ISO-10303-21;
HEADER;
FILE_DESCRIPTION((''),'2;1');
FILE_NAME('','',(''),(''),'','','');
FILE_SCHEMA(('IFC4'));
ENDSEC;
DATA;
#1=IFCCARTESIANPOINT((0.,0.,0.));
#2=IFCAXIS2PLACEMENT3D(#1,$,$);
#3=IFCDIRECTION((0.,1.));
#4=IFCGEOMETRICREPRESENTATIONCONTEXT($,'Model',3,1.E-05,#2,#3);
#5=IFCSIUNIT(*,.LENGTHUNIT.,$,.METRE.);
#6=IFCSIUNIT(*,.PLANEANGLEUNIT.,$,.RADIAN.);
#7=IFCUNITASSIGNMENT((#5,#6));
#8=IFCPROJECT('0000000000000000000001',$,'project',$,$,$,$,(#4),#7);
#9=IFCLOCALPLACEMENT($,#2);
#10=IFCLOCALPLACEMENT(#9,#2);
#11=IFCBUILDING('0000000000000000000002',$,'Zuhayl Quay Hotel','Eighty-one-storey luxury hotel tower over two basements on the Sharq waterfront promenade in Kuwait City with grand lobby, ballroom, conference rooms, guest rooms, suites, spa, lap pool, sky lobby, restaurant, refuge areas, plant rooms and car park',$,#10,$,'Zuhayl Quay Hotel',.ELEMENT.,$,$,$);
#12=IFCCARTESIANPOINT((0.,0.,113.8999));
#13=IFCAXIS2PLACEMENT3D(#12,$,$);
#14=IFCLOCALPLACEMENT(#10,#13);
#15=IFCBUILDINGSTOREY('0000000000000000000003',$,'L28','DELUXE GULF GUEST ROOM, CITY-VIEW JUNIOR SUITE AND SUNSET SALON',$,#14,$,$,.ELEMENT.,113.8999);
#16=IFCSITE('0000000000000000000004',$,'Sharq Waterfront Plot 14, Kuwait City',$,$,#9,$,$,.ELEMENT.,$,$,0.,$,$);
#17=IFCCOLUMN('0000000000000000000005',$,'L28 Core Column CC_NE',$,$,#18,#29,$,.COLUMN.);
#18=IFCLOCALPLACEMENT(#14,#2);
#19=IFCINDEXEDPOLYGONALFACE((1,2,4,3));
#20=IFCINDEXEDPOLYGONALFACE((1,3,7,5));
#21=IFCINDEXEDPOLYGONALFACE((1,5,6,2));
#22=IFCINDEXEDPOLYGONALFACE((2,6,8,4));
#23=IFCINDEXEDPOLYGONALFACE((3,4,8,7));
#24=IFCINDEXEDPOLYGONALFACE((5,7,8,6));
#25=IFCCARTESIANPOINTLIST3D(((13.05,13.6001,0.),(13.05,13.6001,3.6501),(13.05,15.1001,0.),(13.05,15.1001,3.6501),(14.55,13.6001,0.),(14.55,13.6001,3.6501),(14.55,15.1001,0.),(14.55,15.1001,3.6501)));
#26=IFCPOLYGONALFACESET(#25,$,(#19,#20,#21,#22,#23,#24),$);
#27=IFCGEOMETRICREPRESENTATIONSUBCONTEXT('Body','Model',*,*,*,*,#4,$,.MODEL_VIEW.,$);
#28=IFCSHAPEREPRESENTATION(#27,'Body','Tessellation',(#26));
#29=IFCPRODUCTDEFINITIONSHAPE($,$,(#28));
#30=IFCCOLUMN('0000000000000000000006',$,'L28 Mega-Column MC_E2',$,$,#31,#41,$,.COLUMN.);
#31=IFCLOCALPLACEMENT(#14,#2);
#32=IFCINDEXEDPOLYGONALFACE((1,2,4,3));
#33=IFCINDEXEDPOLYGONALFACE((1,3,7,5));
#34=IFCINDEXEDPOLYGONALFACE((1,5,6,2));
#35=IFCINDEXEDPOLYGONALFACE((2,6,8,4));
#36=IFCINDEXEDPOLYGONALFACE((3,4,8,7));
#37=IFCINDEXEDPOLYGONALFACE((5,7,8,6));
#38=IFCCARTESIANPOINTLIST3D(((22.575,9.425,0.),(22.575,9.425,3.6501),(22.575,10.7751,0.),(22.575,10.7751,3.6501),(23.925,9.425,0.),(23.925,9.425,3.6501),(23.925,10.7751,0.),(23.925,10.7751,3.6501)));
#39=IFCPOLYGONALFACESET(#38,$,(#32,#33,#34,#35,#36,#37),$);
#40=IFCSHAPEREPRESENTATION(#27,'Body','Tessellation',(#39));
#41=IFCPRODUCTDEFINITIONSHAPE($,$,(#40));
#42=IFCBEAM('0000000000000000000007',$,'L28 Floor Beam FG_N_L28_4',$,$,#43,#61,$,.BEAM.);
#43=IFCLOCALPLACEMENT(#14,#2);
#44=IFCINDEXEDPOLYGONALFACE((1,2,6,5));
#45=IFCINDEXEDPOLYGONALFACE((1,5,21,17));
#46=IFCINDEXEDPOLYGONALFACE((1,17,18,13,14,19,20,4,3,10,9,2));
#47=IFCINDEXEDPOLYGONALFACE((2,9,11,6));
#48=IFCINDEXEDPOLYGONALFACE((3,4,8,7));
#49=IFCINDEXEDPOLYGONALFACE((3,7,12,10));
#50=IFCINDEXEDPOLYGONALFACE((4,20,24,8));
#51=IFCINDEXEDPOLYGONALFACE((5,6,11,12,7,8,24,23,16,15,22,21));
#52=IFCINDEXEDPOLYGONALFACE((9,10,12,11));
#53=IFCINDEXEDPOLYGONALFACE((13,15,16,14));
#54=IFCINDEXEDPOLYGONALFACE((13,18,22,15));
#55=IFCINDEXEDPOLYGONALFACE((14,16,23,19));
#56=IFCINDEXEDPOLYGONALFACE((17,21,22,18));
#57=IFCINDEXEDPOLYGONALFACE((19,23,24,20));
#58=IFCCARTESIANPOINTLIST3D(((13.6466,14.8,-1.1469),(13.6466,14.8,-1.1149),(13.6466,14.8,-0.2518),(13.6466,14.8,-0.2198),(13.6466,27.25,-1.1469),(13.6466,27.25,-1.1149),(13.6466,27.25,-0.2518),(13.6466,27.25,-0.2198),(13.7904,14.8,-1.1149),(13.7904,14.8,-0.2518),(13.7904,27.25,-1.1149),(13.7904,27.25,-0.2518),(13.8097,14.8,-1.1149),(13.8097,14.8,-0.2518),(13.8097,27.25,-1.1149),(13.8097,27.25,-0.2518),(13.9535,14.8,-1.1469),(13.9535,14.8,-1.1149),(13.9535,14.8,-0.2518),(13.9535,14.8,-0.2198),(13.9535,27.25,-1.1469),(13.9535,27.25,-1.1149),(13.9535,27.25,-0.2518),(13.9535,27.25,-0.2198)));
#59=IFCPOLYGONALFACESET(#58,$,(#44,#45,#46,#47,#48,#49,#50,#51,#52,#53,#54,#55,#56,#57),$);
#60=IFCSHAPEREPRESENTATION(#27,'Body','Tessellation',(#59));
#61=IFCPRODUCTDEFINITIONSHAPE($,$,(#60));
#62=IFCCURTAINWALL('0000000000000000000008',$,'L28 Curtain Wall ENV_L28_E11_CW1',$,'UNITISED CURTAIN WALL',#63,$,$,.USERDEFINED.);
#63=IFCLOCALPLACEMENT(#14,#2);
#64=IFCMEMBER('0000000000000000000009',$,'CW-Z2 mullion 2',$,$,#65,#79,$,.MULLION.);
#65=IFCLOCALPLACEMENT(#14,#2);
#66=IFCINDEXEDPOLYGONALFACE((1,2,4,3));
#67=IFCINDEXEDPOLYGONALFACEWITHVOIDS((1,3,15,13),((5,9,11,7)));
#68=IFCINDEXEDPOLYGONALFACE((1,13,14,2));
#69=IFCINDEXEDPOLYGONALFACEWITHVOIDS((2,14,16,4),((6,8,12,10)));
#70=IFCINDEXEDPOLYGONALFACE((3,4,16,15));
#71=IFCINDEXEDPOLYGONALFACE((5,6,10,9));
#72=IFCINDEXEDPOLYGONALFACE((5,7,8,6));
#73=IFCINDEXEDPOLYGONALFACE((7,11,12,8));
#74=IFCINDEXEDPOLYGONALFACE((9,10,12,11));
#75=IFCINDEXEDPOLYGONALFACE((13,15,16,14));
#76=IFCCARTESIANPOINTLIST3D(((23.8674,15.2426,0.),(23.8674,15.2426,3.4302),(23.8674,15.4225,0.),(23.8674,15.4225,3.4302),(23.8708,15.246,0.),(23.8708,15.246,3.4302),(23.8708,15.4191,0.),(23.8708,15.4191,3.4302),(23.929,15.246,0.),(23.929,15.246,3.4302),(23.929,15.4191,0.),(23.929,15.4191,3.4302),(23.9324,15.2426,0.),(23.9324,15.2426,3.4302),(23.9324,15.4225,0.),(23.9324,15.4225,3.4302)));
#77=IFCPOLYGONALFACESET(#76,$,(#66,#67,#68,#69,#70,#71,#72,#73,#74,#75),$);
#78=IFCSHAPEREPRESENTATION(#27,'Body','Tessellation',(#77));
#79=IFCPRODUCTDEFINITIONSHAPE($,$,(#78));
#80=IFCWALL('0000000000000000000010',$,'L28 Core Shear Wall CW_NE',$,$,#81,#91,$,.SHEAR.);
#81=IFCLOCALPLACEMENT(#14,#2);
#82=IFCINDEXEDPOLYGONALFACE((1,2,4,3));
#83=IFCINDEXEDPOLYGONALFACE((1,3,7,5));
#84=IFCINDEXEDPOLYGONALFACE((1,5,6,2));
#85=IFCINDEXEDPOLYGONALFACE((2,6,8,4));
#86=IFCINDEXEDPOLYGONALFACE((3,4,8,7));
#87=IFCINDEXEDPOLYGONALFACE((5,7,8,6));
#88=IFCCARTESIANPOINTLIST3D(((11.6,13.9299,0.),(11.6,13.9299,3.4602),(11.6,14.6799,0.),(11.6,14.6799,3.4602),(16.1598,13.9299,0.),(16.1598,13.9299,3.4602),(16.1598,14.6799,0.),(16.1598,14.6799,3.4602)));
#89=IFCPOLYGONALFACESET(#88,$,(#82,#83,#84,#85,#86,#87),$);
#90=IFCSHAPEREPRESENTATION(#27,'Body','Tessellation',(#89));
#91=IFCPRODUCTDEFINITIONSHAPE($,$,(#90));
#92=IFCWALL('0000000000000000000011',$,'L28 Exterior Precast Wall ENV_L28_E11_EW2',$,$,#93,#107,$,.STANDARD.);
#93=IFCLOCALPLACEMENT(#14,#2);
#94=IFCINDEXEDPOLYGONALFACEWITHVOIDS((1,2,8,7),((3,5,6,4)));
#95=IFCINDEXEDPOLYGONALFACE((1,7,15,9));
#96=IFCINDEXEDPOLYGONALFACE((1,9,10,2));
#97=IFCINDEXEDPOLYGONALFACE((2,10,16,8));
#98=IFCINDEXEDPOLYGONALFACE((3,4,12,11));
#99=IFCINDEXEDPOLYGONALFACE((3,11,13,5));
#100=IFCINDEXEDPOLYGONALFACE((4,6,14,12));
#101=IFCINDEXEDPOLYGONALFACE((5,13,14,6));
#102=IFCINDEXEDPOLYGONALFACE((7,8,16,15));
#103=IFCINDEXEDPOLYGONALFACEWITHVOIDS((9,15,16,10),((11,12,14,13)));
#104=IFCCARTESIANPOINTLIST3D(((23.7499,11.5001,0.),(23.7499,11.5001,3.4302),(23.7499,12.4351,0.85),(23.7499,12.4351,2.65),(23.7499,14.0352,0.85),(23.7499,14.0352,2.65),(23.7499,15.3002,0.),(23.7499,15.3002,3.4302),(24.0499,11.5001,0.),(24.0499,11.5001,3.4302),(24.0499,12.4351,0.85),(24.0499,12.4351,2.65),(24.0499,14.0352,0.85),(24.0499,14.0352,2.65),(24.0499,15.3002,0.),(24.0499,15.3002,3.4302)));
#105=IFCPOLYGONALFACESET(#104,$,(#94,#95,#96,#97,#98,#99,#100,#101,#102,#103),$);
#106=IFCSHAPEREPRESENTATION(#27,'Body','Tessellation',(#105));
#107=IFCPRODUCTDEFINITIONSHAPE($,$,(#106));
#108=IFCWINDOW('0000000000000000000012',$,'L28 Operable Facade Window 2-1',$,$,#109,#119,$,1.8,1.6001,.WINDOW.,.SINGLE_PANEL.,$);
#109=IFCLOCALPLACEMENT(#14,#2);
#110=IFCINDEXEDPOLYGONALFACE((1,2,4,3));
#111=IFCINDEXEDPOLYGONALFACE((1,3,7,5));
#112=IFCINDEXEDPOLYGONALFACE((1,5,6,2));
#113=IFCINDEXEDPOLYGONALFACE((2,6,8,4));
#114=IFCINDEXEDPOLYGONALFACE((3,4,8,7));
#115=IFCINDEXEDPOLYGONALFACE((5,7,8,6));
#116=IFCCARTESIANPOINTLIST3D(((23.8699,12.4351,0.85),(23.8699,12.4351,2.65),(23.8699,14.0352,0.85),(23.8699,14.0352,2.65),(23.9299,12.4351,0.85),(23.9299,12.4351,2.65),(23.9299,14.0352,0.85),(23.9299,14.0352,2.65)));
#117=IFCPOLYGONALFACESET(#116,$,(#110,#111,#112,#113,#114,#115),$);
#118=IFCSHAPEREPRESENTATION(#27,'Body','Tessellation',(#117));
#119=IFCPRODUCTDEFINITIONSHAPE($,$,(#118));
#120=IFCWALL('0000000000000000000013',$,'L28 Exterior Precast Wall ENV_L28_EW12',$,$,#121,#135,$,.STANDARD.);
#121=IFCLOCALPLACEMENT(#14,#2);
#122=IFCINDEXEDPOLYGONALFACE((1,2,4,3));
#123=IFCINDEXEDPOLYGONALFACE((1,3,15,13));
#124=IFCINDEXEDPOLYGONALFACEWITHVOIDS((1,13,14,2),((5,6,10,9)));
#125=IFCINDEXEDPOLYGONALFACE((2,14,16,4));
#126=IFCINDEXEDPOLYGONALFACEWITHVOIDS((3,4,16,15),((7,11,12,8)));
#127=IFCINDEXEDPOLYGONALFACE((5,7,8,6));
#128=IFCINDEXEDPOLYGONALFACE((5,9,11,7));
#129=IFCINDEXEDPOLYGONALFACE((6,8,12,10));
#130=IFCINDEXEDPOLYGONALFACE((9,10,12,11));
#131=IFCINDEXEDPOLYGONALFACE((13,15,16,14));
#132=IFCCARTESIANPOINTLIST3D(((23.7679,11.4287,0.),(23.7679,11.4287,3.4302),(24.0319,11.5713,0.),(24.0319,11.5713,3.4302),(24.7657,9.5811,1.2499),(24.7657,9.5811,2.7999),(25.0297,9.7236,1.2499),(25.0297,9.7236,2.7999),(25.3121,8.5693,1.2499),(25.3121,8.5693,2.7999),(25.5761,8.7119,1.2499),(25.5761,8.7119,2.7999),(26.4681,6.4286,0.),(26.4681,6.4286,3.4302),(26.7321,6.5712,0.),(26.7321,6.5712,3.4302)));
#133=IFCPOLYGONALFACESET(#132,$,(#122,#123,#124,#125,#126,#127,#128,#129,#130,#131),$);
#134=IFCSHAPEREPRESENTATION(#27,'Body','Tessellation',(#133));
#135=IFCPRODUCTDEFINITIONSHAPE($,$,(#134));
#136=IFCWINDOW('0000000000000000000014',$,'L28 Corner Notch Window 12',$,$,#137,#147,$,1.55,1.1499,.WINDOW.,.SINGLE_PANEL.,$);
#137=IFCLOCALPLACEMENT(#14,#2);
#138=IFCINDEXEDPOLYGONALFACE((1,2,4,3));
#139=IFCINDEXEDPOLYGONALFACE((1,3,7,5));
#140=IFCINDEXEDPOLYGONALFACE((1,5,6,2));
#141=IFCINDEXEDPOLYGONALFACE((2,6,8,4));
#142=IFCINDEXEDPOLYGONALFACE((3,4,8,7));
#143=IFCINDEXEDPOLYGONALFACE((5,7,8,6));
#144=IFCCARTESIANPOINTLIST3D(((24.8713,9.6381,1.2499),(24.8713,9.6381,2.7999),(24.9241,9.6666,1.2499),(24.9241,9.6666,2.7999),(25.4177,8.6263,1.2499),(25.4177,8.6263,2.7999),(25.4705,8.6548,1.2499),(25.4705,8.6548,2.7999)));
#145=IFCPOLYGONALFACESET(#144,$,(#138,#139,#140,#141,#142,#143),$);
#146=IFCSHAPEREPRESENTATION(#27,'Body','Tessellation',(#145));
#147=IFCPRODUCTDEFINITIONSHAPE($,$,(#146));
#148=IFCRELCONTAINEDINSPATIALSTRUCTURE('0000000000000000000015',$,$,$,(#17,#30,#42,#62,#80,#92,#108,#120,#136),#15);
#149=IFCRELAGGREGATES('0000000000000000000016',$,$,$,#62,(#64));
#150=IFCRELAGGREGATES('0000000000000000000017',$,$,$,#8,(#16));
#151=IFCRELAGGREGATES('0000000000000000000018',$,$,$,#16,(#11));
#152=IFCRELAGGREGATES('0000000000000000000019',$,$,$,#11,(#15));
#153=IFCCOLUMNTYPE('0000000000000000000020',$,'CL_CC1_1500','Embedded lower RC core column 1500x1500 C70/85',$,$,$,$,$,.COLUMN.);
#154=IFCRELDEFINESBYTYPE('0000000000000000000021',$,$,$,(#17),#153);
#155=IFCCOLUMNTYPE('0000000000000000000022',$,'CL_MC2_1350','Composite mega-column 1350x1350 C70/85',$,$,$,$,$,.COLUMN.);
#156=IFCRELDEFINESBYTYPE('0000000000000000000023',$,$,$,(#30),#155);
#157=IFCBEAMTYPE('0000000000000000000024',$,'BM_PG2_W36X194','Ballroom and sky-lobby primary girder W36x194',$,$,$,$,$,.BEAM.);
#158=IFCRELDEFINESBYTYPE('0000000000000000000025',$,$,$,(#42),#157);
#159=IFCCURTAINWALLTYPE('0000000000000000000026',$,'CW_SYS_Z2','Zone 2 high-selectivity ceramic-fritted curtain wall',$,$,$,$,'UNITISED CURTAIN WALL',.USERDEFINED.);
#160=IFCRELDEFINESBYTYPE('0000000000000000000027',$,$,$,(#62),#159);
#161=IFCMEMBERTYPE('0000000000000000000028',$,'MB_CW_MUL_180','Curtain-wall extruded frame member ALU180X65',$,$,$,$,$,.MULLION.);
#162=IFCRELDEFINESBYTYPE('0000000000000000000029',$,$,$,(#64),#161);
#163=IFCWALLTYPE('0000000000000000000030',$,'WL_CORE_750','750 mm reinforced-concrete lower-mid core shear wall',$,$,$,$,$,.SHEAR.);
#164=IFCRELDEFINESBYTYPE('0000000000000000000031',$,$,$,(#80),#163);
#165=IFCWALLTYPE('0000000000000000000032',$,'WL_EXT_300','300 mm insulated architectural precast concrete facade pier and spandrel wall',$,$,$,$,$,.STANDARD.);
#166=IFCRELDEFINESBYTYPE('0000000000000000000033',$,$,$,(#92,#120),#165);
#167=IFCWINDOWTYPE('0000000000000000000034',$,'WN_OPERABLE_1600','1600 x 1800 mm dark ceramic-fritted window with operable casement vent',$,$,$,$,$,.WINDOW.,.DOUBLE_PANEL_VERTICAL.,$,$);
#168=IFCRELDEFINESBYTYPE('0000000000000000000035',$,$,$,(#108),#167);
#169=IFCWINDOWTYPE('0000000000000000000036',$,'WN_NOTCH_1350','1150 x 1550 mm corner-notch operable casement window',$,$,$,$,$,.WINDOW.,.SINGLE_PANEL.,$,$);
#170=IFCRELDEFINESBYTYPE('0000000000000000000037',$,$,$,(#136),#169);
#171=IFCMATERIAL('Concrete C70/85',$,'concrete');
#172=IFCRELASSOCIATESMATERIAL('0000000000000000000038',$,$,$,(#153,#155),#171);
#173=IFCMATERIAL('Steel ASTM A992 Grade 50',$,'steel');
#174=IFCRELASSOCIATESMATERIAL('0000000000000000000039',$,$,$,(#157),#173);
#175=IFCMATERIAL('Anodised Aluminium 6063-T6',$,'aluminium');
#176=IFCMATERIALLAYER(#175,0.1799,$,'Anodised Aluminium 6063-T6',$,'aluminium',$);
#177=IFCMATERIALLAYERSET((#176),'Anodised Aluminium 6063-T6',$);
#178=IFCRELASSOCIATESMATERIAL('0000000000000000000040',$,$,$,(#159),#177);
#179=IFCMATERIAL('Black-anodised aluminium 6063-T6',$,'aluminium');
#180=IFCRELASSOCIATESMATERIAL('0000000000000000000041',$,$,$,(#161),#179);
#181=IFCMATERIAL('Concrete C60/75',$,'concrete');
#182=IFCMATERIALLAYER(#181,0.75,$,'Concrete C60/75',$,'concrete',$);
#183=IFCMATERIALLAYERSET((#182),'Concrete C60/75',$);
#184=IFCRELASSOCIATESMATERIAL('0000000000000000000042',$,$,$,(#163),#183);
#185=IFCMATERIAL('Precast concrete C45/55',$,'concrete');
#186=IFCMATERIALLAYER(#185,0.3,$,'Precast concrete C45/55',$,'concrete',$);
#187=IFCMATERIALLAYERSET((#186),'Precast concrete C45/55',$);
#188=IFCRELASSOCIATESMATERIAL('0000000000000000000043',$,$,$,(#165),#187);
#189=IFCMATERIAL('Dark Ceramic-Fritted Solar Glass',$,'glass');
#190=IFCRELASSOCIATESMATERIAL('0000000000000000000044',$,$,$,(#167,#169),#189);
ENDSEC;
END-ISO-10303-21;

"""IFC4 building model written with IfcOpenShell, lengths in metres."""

from ifc_helpers import new_model, si_unit, direction, frame, frame_2d, origin, origin_2d, place, context, subcontext, project, spatial, rectangle, hollow_rectangle, i_section, extrude, material, layer, layer_set, material_profile, profile_set, type_object, element, fill, aggregate, save


model = new_model("IFC4")

# Units and contexts
model_context = context("Model", 3, precision=1e-05, world=origin(), true_north=direction((0.0, 1.0)))
body_context = subcontext(model_context, "Body", "Model", "MODEL_VIEW")
ifc_project = project(units=[si_unit("LENGTHUNIT", "METRE"), si_unit("PLANEANGLEUNIT", "RADIAN")], contexts=[model_context])

# Site, building, storey
site_placement = place(None, origin())
site = spatial("IfcSite", under=ifc_project, at=site_placement, Name="Sharq Waterfront Plot 14, Kuwait City", CompositionType="ELEMENT", RefElevation=0.0)
building_placement = place(site_placement, origin())
building = spatial("IfcBuilding", under=site, at=building_placement, Name="Zuhayl Quay Hotel", Description="Eighty-one-storey luxury hotel tower over two basements on the Sharq waterfront promenade in Kuwait City with grand lobby, ballroom, conference rooms, guest rooms, suites, spa, lap pool, sky lobby, restaurant, refuge areas, plant rooms and car park", LongName="Zuhayl Quay Hotel", CompositionType="ELEMENT")
storey_placement = place(building_placement, frame((0.0, 0.0, 113.8999)))
storey = spatial("IfcBuildingStorey", under=building, at=storey_placement, Name="L28", Description="DELUXE GULF GUEST ROOM, CITY-VIEW JUNIOR SUITE AND SUNSET SALON", CompositionType="ELEMENT", Elevation=113.8999)

# Columns
ifc_material_1 = material(Name="Concrete C70/85", Category="concrete")
ifc_material_profile_1 = material_profile(ifc_material_1, rectangle(XDim=1.5, YDim=1.5, at=origin_2d()), Name="RC1500X1500")
ifc_profile_set_1 = profile_set([ifc_material_profile_1], Name="Concrete C70/85")
column_type_1 = type_object("IfcColumnType", Name="CL_CC1_1500", Description="Embedded lower RC core column 1500x1500 C70/85", PredefinedType="COLUMN", material=ifc_profile_set_1)
column_1_placement = place(storey_placement, frame((13.8, 14.3501, 0.0), z_axis=(0.0, 0.0, 1.0), x_axis=(1.0, 0.0, 0.0)))
element("IfcColumn", 1, at=column_1_placement, inside=storey, type_object=column_type_1, Name="L28 Core Column CC_NE", PredefinedType="COLUMN", context=body_context, shape_type="SweptSolid", body=[
    extrude(rectangle(XDim=1.5, YDim=1.5, at=origin_2d()), origin(), (0.0, 0.0, 1.0), 3.6501),
])
ifc_material_profile_2 = material_profile(ifc_material_1, rectangle(XDim=1.3501, YDim=1.3501, at=origin_2d()), Name="RC1350X1350")
ifc_profile_set_2 = profile_set([ifc_material_profile_2], Name="Concrete C70/85")
column_type_2 = type_object("IfcColumnType", Name="CL_MC2_1350", Description="Composite mega-column 1350x1350 C70/85", PredefinedType="COLUMN", material=ifc_profile_set_2)
column_2_placement = place(storey_placement, frame((23.25, 10.1001, 0.0), z_axis=(0.0, 0.0, 1.0), x_axis=(1.0, 0.0, 0.0)))
element("IfcColumn", 2, at=column_2_placement, inside=storey, type_object=column_type_2, Name="L28 Mega-Column MC_E2", PredefinedType="COLUMN", context=body_context, shape_type="SweptSolid", body=[
    extrude(rectangle(XDim=1.3501, YDim=1.3501, at=origin_2d()), origin(), (0.0, 0.0, 1.0), 3.6501),
])

# Beam
ifc_material_2 = material(Name="Steel ASTM A992 Grade 50", Category="steel")
ifc_material_profile_3 = material_profile(ifc_material_2, i_section(OverallWidth=0.3069, OverallDepth=0.927, WebThickness=0.0193, FlangeThickness=0.032, at=origin_2d()), Name="W36X194")
ifc_profile_set_3 = profile_set([ifc_material_profile_3], Name="Steel ASTM A992 Grade 50")
beam_type = type_object("IfcBeamType", Name="BM_PG2_W36X194", Description="Ballroom and sky-lobby primary girder W36x194", PredefinedType="BEAM", material=ifc_profile_set_3)
beam_placement = place(storey_placement, frame((13.8, 14.8, -0.6833), z_axis=(0.0, 1.0, 0.0), x_axis=(-1.0, 0.0, 0.0)))
element("IfcBeam", 3, at=beam_placement, inside=storey, type_object=beam_type, Name="L28 Floor Beam FG_N_L28_4", PredefinedType="BEAM", context=body_context, shape_type="SweptSolid", body=[
    extrude(i_section(OverallWidth=0.3069, OverallDepth=0.927, WebThickness=0.0193, FlangeThickness=0.032, at=origin_2d()), origin(), (0.0, 0.0, 1.0), 12.45),
])

# Curtain wall, member
ifc_material_3 = material(Name="Anodised Aluminium 6063-T6", Category="aluminium")
ifc_layer_1 = layer(ifc_material_3, 0.1799, Name="Anodised Aluminium 6063-T6", Category="aluminium")
ifc_layer_set_1 = layer_set([ifc_layer_1], Name="Anodised Aluminium 6063-T6")
curtain_wall_type = type_object("IfcCurtainWallType", Name="CW_SYS_Z2", Description="Zone 2 high-selectivity ceramic-fritted curtain wall", ElementType="UNITISED CURTAIN WALL", PredefinedType="USERDEFINED", material=ifc_layer_set_1)
curtain_wall_placement = place(storey_placement, origin())
curtain_wall = element("IfcCurtainWall", 4, at=curtain_wall_placement, inside=storey, type_object=curtain_wall_type, Name="L28 Curtain Wall ENV_L28_E11_CW1", ObjectType="UNITISED CURTAIN WALL", PredefinedType="USERDEFINED")
ifc_material_4 = material(Name="Black-anodised aluminium 6063-T6", Category="aluminium")
ifc_material_profile_4 = material_profile(ifc_material_4, hollow_rectangle(XDim=0.0649, YDim=0.1799, WallThickness=0.0034, at=origin_2d()), Name="ALU180X65")
ifc_profile_set_4 = profile_set([ifc_material_profile_4], Name="Black-anodised aluminium 6063-T6")
member_type = type_object("IfcMemberType", Name="MB_CW_MUL_180", Description="Curtain-wall extruded frame member ALU180X65", PredefinedType="MULLION", material=ifc_profile_set_4)
member_placement = place(storey_placement, frame((23.8999, 15.3325, 0.0), z_axis=(0.0, 0.0, 1.0), x_axis=(1.0, 0.0, 0.0)))
member = element("IfcMember", 5, at=member_placement, type_object=member_type, Name="CW-Z2 mullion 2", PredefinedType="MULLION", context=body_context, shape_type="SweptSolid", body=[
    extrude(hollow_rectangle(XDim=0.0649, YDim=0.1799, WallThickness=0.0034, at=origin_2d()), origin(), (0.0, 0.0, 1.0), 3.4302),
])
aggregate(curtain_wall, [member])

# Wall
ifc_material_5 = material(Name="Concrete C60/75", Category="concrete")
ifc_layer_2 = layer(ifc_material_5, 0.75, Name="Concrete C60/75", Category="concrete")
ifc_layer_set_2 = layer_set([ifc_layer_2], Name="Concrete C60/75")
wall_type_1 = type_object("IfcWallType", Name="WL_CORE_750", Description="750 mm reinforced-concrete lower-mid core shear wall", PredefinedType="SHEAR", material=ifc_layer_set_2)
wall_1_placement = place(storey_placement, frame((11.6001, 14.3049, 0.0), z_axis=(0.0, 0.0, 1.0), x_axis=(1.0, 0.0, 0.0)))
element("IfcWall", 6, at=wall_1_placement, inside=storey, type_object=wall_type_1, Name="L28 Core Shear Wall CW_NE", PredefinedType="SHEAR", context=body_context, shape_type="SweptSolid", body=[
    extrude(rectangle(XDim=4.5598, YDim=0.75, at=frame_2d((2.2798, 0.0))), origin(), (0.0, 0.0, 1.0), 3.4602),
])

# Walls, openings, windows
ifc_material_6 = material(Name="Precast concrete C45/55", Category="concrete")
ifc_layer_3 = layer(ifc_material_6, 0.3, Name="Precast concrete C45/55", Category="concrete")
ifc_layer_set_3 = layer_set([ifc_layer_3], Name="Precast concrete C45/55")
wall_type_2 = type_object("IfcWallType", Name="WL_EXT_300", Description="300 mm insulated architectural precast concrete facade pier and spandrel wall", PredefinedType="STANDARD", material=ifc_layer_set_3)
wall_2_placement = place(storey_placement, frame((23.8999, 15.3, 0.0), z_axis=(0.0, 0.0, 1.0), x_axis=(0.0, -1.0, 0.0)))
wall_2 = element("IfcWall", 7, at=wall_2_placement, inside=storey, type_object=wall_type_2, Name="L28 Exterior Precast Wall ENV_L28_E11_EW2", PredefinedType="STANDARD", context=body_context, shape_type="SweptSolid", body=[
    extrude(rectangle(XDim=3.8, YDim=0.3, at=frame_2d((1.8999, 0.0))), origin(), (0.0, 0.0, 1.0), 3.4302),
])
opening_1_placement = place(wall_2_placement, frame((1.2649, 0.0, 0.8501)))
opening_1 = element("IfcOpeningElement", 8, at=opening_1_placement, cuts=wall_2, PredefinedType="OPENING", context=body_context, shape_type="SweptSolid", body=[
    extrude(rectangle(XDim=1.6001, YDim=1.8, at=frame_2d((0.8, 0.8999))), frame((0.0, 0.1599, 0.0), z_axis=(0.0, -1.0, 0.0), x_axis=(1.0, 0.0, 0.0)), (0.0, 0.0, 1.0), 0.3201),
])
ifc_material_7 = material(Name="Dark Ceramic-Fritted Solar Glass", Category="glass")
window_type_1 = type_object("IfcWindowType", Name="WN_OPERABLE_1600", Description="1600 x 1800 mm dark ceramic-fritted window with operable casement vent", PartitioningType="DOUBLE_PANEL_VERTICAL", PredefinedType="WINDOW", material=ifc_material_7)
window_1_placement = place(opening_1_placement, origin())
window_1 = element("IfcWindow", 9, at=window_1_placement, inside=storey, type_object=window_type_1, Name="L28 Operable Facade Window 2-1", OverallHeight=1.8, OverallWidth=1.6001, PartitioningType="SINGLE_PANEL", PredefinedType="WINDOW", context=body_context, shape_type="SweptSolid", body=[
    extrude(rectangle(XDim=1.6001, YDim=1.8, at=frame_2d((0.8, 0.8999))), frame((0.0, 0.03, 0.0), z_axis=(0.0, -1.0, 0.0), x_axis=(1.0, 0.0, 0.0)), (0.0, 0.0, 1.0), 0.0601),
])
fill(opening_1, window_1)
wall_3_placement = place(storey_placement, frame((23.8999, 11.5, 0.0), z_axis=(0.0, 0.0, 1.0), x_axis=(0.475176, -0.879891, 0.0)))
wall_3 = element("IfcWall", 10, at=wall_3_placement, inside=storey, type_object=wall_type_2, Name="L28 Exterior Precast Wall ENV_L28_EW12", PredefinedType="STANDARD", context=body_context, shape_type="SweptSolid", body=[
    extrude(rectangle(XDim=5.6826, YDim=0.3, at=frame_2d((2.8413, 0.0))), origin(), (0.0, 0.0, 1.0), 3.4302),
])
opening_2_placement = place(wall_3_placement, frame((2.0999, 0.0, 1.25)))
opening_2 = element("IfcOpeningElement", 11, at=opening_2_placement, cuts=wall_3, PredefinedType="OPENING", context=body_context, shape_type="SweptSolid", body=[
    extrude(rectangle(XDim=1.1499, YDim=1.55, at=frame_2d((0.575, 0.7749))), frame((0.0, 0.1599, 0.0), z_axis=(0.0, -1.0, 0.0), x_axis=(1.0, 0.0, 0.0)), (0.0, 0.0, 1.0), 0.3201),
])
window_type_2 = type_object("IfcWindowType", Name="WN_NOTCH_1350", Description="1150 x 1550 mm corner-notch operable casement window", PartitioningType="SINGLE_PANEL", PredefinedType="WINDOW", material=ifc_material_7)
window_2_placement = place(opening_2_placement, origin())
window_2 = element("IfcWindow", 12, at=window_2_placement, inside=storey, type_object=window_type_2, Name="L28 Corner Notch Window 12", OverallHeight=1.55, OverallWidth=1.1499, PartitioningType="SINGLE_PANEL", PredefinedType="WINDOW", context=body_context, shape_type="SweptSolid", body=[
    extrude(rectangle(XDim=1.1499, YDim=1.55, at=frame_2d((0.575, 0.7749))), frame((0.0, 0.03, 0.0), z_axis=(0.0, -1.0, 0.0), x_axis=(1.0, 0.0, 0.0)), (0.0, 0.0, 1.0), 0.0601),
])
fill(opening_2, window_2)

save(model, "model.ifc")
